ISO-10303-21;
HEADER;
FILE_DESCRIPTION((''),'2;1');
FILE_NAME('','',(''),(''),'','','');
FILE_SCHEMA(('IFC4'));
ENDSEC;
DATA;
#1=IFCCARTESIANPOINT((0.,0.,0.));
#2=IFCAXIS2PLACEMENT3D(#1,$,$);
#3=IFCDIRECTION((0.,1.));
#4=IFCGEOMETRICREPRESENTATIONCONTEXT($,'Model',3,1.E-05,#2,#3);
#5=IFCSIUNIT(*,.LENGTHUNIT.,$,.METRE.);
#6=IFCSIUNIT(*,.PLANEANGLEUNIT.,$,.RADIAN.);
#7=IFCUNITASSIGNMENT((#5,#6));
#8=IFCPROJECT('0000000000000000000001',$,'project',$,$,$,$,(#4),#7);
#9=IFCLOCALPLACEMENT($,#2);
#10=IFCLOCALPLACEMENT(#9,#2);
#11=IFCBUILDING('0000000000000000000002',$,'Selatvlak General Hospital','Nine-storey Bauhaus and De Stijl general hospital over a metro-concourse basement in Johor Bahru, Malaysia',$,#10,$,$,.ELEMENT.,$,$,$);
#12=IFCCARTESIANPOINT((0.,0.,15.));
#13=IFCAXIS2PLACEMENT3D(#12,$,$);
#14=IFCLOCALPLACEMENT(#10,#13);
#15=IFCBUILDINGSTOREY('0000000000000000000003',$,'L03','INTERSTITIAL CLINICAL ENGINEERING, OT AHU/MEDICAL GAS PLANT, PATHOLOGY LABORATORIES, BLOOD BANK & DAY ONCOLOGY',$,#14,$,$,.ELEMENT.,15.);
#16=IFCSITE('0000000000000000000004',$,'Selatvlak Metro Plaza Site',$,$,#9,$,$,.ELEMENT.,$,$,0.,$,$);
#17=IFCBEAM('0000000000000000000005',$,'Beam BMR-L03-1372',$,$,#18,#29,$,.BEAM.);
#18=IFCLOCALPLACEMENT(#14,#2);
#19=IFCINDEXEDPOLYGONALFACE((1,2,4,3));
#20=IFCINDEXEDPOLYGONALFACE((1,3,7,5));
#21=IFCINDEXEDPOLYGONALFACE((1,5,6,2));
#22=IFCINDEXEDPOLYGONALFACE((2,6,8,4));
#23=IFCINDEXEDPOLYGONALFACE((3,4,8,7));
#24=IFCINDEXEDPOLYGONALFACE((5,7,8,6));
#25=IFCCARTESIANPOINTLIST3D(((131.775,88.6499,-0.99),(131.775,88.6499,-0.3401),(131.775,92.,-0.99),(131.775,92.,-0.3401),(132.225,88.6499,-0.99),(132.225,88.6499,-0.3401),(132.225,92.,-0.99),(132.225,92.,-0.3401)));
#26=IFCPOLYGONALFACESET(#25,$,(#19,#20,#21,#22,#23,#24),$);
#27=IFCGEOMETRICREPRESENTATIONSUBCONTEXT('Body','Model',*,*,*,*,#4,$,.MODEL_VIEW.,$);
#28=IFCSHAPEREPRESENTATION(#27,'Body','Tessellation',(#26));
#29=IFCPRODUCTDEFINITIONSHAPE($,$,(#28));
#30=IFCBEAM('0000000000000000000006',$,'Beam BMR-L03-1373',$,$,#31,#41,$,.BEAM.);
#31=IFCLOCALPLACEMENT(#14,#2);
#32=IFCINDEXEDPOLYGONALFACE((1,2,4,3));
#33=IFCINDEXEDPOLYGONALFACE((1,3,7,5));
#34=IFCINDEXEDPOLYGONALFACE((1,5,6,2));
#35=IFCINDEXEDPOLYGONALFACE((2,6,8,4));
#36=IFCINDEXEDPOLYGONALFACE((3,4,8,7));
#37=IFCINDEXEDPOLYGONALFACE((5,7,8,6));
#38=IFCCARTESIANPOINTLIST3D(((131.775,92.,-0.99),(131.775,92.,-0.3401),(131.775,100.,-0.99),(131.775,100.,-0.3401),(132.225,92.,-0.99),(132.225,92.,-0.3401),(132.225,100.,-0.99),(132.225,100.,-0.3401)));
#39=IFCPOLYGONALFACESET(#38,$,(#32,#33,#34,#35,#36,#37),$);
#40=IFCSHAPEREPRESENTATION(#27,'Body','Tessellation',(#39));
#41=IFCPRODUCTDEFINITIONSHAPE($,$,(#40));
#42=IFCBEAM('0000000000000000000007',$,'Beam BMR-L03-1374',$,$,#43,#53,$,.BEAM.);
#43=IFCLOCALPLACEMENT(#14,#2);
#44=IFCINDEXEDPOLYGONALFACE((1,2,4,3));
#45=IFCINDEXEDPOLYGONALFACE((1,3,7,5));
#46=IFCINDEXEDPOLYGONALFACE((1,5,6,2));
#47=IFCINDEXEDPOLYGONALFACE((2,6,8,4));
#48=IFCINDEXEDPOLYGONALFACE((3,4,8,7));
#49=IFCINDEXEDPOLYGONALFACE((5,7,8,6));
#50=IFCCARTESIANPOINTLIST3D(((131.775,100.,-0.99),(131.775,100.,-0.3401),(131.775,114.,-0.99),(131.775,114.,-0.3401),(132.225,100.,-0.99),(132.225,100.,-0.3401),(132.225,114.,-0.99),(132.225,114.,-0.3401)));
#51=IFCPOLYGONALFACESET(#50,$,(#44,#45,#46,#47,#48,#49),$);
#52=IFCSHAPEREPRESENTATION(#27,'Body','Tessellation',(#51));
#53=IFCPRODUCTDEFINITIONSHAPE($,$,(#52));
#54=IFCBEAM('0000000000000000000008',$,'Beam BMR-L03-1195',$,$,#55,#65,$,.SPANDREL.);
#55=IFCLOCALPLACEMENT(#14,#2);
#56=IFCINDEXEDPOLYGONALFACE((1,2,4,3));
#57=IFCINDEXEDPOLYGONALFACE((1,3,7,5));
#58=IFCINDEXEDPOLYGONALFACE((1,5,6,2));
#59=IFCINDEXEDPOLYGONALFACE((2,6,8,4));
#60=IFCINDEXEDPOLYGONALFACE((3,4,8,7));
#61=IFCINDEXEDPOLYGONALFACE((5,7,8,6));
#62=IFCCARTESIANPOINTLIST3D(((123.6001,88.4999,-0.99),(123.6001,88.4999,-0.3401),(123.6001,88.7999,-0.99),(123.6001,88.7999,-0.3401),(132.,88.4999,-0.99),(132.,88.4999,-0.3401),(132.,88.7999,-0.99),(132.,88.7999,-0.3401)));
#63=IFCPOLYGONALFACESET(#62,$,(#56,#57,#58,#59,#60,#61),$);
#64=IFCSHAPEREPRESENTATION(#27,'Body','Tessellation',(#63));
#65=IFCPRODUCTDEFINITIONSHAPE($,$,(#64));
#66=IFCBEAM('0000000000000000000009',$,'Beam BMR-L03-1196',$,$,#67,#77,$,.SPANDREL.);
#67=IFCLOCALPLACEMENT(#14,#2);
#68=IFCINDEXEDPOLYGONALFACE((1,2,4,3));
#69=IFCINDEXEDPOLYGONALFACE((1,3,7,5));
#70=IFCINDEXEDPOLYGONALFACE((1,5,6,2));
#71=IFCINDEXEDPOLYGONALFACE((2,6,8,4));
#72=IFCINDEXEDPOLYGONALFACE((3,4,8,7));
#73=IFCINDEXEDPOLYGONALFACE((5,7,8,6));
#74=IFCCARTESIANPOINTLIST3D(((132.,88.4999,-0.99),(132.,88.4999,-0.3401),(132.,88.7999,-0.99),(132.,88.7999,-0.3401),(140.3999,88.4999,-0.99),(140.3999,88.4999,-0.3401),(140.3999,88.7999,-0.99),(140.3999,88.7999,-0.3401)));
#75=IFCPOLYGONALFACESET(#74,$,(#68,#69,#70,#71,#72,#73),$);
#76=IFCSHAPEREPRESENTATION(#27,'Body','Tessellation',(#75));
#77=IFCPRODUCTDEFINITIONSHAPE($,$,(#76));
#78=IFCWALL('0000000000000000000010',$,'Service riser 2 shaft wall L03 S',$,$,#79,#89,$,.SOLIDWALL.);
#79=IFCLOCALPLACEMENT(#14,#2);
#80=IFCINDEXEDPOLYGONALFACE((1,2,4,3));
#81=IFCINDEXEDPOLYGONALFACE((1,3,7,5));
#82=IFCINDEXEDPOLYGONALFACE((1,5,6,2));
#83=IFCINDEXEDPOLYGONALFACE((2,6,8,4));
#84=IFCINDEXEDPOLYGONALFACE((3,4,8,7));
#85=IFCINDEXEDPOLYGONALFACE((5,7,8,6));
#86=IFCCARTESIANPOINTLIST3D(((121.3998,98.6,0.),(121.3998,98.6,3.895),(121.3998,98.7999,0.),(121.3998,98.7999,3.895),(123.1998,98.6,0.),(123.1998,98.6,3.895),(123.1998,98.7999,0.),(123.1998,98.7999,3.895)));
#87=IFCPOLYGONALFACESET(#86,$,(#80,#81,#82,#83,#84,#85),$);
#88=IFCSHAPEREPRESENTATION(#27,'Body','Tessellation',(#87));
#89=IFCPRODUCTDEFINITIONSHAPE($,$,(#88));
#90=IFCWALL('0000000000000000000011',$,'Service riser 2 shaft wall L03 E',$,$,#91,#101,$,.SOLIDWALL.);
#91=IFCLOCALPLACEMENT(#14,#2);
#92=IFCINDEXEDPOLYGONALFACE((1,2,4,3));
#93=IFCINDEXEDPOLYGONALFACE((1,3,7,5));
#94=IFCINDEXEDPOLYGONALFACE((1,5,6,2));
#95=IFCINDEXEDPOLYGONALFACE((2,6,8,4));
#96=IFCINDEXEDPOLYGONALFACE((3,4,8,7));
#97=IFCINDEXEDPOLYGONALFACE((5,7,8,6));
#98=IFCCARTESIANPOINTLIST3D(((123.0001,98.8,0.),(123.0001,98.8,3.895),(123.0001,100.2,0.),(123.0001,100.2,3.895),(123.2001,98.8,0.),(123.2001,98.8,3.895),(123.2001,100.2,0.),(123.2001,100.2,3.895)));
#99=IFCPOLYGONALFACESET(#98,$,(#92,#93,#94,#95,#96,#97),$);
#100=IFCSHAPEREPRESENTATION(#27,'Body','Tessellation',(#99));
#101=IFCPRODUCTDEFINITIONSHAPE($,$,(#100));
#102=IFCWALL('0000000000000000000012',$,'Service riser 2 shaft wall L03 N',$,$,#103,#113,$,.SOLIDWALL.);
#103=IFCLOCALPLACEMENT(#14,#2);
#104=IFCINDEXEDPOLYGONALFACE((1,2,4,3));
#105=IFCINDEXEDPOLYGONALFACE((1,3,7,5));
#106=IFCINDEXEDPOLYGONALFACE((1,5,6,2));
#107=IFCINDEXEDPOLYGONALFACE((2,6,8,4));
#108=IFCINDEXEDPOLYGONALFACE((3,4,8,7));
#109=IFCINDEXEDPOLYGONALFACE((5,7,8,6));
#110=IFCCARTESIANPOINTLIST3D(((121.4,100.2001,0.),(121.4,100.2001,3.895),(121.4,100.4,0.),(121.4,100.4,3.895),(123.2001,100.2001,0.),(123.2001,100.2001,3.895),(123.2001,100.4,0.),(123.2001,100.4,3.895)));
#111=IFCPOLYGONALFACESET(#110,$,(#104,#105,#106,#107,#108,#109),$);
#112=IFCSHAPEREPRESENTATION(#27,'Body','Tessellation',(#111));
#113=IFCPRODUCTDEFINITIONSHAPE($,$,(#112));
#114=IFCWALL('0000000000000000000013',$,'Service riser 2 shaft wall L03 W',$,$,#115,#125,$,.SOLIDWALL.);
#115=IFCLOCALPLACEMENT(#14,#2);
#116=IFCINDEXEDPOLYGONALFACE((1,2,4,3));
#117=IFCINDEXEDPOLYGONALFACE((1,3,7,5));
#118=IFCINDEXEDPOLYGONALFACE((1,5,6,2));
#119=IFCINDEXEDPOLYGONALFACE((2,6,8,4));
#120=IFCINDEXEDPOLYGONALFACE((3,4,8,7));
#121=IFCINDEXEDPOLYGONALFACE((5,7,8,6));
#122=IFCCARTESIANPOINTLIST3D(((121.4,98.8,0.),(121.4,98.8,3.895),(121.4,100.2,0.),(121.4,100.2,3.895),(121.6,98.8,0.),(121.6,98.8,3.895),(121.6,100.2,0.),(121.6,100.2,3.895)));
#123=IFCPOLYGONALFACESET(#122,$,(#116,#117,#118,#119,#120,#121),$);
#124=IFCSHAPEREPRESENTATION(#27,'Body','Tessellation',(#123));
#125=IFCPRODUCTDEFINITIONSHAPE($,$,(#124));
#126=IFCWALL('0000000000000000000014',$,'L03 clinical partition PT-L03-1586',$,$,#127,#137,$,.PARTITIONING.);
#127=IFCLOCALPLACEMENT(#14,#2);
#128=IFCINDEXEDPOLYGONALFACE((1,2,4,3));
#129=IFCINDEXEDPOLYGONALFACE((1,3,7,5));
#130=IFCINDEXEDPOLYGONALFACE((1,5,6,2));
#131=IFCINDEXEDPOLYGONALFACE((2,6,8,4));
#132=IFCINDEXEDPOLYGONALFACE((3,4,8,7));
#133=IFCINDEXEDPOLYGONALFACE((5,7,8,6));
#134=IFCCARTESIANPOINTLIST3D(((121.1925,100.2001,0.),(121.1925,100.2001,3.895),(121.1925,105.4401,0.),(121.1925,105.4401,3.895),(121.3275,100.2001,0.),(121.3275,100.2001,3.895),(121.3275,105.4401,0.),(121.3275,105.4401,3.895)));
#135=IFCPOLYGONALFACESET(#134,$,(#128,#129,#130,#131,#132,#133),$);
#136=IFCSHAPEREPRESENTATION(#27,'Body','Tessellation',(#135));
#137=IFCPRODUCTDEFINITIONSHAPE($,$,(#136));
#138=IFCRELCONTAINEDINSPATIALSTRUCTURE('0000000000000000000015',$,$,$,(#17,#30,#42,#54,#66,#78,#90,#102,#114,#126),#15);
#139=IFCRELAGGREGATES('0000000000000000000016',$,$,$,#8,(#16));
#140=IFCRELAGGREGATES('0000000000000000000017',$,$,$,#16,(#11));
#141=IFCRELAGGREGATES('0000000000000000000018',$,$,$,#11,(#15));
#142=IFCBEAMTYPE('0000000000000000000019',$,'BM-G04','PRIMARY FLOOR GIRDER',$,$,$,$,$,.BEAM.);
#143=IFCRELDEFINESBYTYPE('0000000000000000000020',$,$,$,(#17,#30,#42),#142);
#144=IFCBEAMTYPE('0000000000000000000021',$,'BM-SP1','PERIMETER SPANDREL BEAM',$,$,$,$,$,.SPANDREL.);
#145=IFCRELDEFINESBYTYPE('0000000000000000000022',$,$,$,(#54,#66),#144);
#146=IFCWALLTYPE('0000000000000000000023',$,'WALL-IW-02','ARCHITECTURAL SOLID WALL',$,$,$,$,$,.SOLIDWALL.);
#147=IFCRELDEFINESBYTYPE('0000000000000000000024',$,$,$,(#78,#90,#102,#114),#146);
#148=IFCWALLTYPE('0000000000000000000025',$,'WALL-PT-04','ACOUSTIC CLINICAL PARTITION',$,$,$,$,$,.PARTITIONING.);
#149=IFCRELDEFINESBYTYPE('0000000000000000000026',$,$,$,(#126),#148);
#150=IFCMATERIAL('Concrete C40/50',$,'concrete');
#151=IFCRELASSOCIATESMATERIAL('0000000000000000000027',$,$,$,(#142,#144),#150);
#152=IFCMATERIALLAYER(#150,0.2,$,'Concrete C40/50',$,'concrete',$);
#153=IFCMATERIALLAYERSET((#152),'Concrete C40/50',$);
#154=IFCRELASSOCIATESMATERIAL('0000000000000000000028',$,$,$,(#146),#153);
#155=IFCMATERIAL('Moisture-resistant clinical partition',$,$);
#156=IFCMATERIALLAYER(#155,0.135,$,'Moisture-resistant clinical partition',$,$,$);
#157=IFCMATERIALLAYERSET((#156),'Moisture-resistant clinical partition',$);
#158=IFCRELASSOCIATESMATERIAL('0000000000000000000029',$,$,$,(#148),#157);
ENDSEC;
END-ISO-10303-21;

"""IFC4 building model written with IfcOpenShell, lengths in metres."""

from ifc_helpers import new_model, si_unit, direction, frame, frame_2d, origin, origin_2d, place, context, subcontext, project, spatial, rectangle, extrude, material, layer, layer_set, material_profile, profile_set, type_object, element, save


model = new_model("IFC4")

# Units and contexts
model_context = context("Model", 3, precision=1e-05, world=origin(), true_north=direction((0.0, 1.0)))
body_context = subcontext(model_context, "Body", "Model", "MODEL_VIEW")
ifc_project = project(units=[si_unit("LENGTHUNIT", "METRE"), si_unit("PLANEANGLEUNIT", "RADIAN")], contexts=[model_context])

# Site, building, storey
site_placement = place(None, origin())
site = spatial("IfcSite", under=ifc_project, at=site_placement, Name="Selatvlak Metro Plaza Site", CompositionType="ELEMENT", RefElevation=0.0)
building_placement = place(site_placement, origin())
building = spatial("IfcBuilding", under=site, at=building_placement, Name="Selatvlak General Hospital", Description="Nine-storey Bauhaus and De Stijl general hospital over a metro-concourse basement in Johor Bahru, Malaysia", CompositionType="ELEMENT")
storey_placement = place(building_placement, frame((0.0, 0.0, 15.0)))
storey = spatial("IfcBuildingStorey", under=building, at=storey_placement, Name="L03", Description="INTERSTITIAL CLINICAL ENGINEERING, OT AHU/MEDICAL GAS PLANT, PATHOLOGY LABORATORIES, BLOOD BANK & DAY ONCOLOGY", CompositionType="ELEMENT", Elevation=15.0)

# Beams
ifc_material_1 = material(Name="Concrete C40/50", Category="concrete")
ifc_material_profile_1 = material_profile(ifc_material_1, rectangle(XDim=0.45, YDim=0.6499, at=origin_2d()), Name="RC-BM 450x650")
ifc_profile_set_1 = profile_set([ifc_material_profile_1], Name="Concrete C40/50")
beam_type_1 = type_object("IfcBeamType", Name="BM-G04", Description="PRIMARY FLOOR GIRDER", PredefinedType="BEAM", material=ifc_profile_set_1)
beam_1_placement = place(storey_placement, frame((132.0, 88.6499, -0.665), z_axis=(0.0, 1.0, 0.0), x_axis=(-1.0, 0.0, 0.0)))
element("IfcBeam", 1, at=beam_1_placement, inside=storey, type_object=beam_type_1, Name="Beam BMR-L03-1372", PredefinedType="BEAM", context=body_context, shape_type="SweptSolid", body=[
    extrude(rectangle(XDim=0.45, YDim=0.6499, at=origin_2d()), origin(), (0.0, 0.0, 1.0), 3.3501),
])
beam_2_placement = place(storey_placement, frame((132.0, 92.0, -0.665), z_axis=(0.0, 1.0, 0.0), x_axis=(-1.0, 0.0, 0.0)))
element("IfcBeam", 2, at=beam_2_placement, inside=storey, type_object=beam_type_1, Name="Beam BMR-L03-1373", PredefinedType="BEAM", context=body_context, shape_type="SweptSolid", body=[
    extrude(rectangle(XDim=0.45, YDim=0.6499, at=origin_2d()), origin(), (0.0, 0.0, 1.0), 8.0),
])
beam_3_placement = place(storey_placement, frame((132.0, 100.0, -0.665), z_axis=(0.0, 1.0, 0.0), x_axis=(-1.0, 0.0, 0.0)))
element("IfcBeam", 3, at=beam_3_placement, inside=storey, type_object=beam_type_1, Name="Beam BMR-L03-1374", PredefinedType="BEAM", context=body_context, shape_type="SweptSolid", body=[
    extrude(rectangle(XDim=0.45, YDim=0.6499, at=origin_2d()), origin(), (0.0, 0.0, 1.0), 14.0),
])
ifc_material_profile_2 = material_profile(ifc_material_1, rectangle(XDim=0.3, YDim=0.6499, at=origin_2d()), Name="RC-SP 300x650")
ifc_profile_set_2 = profile_set([ifc_material_profile_2], Name="Concrete C40/50")
beam_type_2 = type_object("IfcBeamType", Name="BM-SP1", Description="PERIMETER SPANDREL BEAM", PredefinedType="SPANDREL", material=ifc_profile_set_2)
for number, where, z_axis, x_axis, name in (
    (4, (123.6001, 88.6499, -0.665), (1.0, 0.0, 0.0), (0.0, 1.0, 0.0), "Beam BMR-L03-1195"),
    (5, (132.0, 88.6499, -0.665), (1.0, 0.0, 0.0), (0.0, 1.0, 0.0), "Beam BMR-L03-1196"),
):
    element("IfcBeam", number, at=place(storey_placement, frame(where, z_axis=z_axis, x_axis=x_axis)), inside=storey, type_object=beam_type_2, Name=name, PredefinedType="SPANDREL", context=body_context, shape_type="SweptSolid", body=[
        extrude(rectangle(XDim=0.3, YDim=0.6499, at=origin_2d()), origin(), (0.0, 0.0, 1.0), 8.3999),
    ])

# Walls
ifc_layer_1 = layer(ifc_material_1, 0.2, Name="Concrete C40/50", Category="concrete")
ifc_layer_set_1 = layer_set([ifc_layer_1], Name="Concrete C40/50")
wall_type_1 = type_object("IfcWallType", Name="WALL-IW-02", Description="ARCHITECTURAL SOLID WALL", PredefinedType="SOLIDWALL", material=ifc_layer_set_1)
wall_1_placement = place(storey_placement, frame((121.3999, 98.7, 0.0), z_axis=(0.0, 0.0, 1.0), x_axis=(1.0, 0.0, 0.0)))
element("IfcWall", 6, at=wall_1_placement, inside=storey, type_object=wall_type_1, Name="Service riser 2 shaft wall L03 S", PredefinedType="SOLIDWALL", context=body_context, shape_type="SweptSolid", body=[
    extrude(rectangle(XDim=1.8, YDim=0.2, at=frame_2d((0.8999, 0.0))), origin(), (0.0, 0.0, 1.0), 3.895),
])
wall_2_placement = place(storey_placement, frame((123.1001, 98.8, 0.0), z_axis=(0.0, 0.0, 1.0), x_axis=(0.0, 1.0, 0.0)))
element("IfcWall", 7, at=wall_2_placement, inside=storey, type_object=wall_type_1, Name="Service riser 2 shaft wall L03 E", PredefinedType="SOLIDWALL", context=body_context, shape_type="SweptSolid", body=[
    extrude(rectangle(XDim=1.3999, YDim=0.2, at=frame_2d((0.7, 0.0))), origin(), (0.0, 0.0, 1.0), 3.895),
])
wall_3_placement = place(storey_placement, frame((123.2, 100.3, 0.0), z_axis=(0.0, 0.0, 1.0), x_axis=(-1.0, 0.0, 0.0)))
element("IfcWall", 8, at=wall_3_placement, inside=storey, type_object=wall_type_1, Name="Service riser 2 shaft wall L03 N", PredefinedType="SOLIDWALL", context=body_context, shape_type="SweptSolid", body=[
    extrude(rectangle(XDim=1.8, YDim=0.2, at=frame_2d((0.8999, 0.0))), origin(), (0.0, 0.0, 1.0), 3.895),
])
wall_4_placement = place(storey_placement, frame((121.5, 100.2, 0.0), z_axis=(0.0, 0.0, 1.0), x_axis=(0.0, -1.0, 0.0)))
element("IfcWall", 9, at=wall_4_placement, inside=storey, type_object=wall_type_1, Name="Service riser 2 shaft wall L03 W", PredefinedType="SOLIDWALL", context=body_context, shape_type="SweptSolid", body=[
    extrude(rectangle(XDim=1.3999, YDim=0.2, at=frame_2d((0.7, 0.0))), origin(), (0.0, 0.0, 1.0), 3.895),
])
ifc_material_2 = material(Name="Moisture-resistant clinical partition")
ifc_layer_2 = layer(ifc_material_2, 0.135, Name="Moisture-resistant clinical partition")
ifc_layer_set_2 = layer_set([ifc_layer_2], Name="Moisture-resistant clinical partition")
wall_type_2 = type_object("IfcWallType", Name="WALL-PT-04", Description="ACOUSTIC CLINICAL PARTITION", PredefinedType="PARTITIONING", material=ifc_layer_set_2)
wall_5_placement = place(storey_placement, frame((121.26, 100.2, 0.0), z_axis=(0.0, 0.0, 1.0), x_axis=(0.0, 1.0, 0.0)))
element("IfcWall", 10, at=wall_5_placement, inside=storey, type_object=wall_type_2, Name="L03 clinical partition PT-L03-1586", PredefinedType="PARTITIONING", context=body_context, shape_type="SweptSolid", body=[
    extrude(rectangle(XDim=5.24, YDim=0.135, at=frame_2d((2.6201, 0.0))), origin(), (0.0, 0.0, 1.0), 3.895),
])

save(model, "model.ifc")
